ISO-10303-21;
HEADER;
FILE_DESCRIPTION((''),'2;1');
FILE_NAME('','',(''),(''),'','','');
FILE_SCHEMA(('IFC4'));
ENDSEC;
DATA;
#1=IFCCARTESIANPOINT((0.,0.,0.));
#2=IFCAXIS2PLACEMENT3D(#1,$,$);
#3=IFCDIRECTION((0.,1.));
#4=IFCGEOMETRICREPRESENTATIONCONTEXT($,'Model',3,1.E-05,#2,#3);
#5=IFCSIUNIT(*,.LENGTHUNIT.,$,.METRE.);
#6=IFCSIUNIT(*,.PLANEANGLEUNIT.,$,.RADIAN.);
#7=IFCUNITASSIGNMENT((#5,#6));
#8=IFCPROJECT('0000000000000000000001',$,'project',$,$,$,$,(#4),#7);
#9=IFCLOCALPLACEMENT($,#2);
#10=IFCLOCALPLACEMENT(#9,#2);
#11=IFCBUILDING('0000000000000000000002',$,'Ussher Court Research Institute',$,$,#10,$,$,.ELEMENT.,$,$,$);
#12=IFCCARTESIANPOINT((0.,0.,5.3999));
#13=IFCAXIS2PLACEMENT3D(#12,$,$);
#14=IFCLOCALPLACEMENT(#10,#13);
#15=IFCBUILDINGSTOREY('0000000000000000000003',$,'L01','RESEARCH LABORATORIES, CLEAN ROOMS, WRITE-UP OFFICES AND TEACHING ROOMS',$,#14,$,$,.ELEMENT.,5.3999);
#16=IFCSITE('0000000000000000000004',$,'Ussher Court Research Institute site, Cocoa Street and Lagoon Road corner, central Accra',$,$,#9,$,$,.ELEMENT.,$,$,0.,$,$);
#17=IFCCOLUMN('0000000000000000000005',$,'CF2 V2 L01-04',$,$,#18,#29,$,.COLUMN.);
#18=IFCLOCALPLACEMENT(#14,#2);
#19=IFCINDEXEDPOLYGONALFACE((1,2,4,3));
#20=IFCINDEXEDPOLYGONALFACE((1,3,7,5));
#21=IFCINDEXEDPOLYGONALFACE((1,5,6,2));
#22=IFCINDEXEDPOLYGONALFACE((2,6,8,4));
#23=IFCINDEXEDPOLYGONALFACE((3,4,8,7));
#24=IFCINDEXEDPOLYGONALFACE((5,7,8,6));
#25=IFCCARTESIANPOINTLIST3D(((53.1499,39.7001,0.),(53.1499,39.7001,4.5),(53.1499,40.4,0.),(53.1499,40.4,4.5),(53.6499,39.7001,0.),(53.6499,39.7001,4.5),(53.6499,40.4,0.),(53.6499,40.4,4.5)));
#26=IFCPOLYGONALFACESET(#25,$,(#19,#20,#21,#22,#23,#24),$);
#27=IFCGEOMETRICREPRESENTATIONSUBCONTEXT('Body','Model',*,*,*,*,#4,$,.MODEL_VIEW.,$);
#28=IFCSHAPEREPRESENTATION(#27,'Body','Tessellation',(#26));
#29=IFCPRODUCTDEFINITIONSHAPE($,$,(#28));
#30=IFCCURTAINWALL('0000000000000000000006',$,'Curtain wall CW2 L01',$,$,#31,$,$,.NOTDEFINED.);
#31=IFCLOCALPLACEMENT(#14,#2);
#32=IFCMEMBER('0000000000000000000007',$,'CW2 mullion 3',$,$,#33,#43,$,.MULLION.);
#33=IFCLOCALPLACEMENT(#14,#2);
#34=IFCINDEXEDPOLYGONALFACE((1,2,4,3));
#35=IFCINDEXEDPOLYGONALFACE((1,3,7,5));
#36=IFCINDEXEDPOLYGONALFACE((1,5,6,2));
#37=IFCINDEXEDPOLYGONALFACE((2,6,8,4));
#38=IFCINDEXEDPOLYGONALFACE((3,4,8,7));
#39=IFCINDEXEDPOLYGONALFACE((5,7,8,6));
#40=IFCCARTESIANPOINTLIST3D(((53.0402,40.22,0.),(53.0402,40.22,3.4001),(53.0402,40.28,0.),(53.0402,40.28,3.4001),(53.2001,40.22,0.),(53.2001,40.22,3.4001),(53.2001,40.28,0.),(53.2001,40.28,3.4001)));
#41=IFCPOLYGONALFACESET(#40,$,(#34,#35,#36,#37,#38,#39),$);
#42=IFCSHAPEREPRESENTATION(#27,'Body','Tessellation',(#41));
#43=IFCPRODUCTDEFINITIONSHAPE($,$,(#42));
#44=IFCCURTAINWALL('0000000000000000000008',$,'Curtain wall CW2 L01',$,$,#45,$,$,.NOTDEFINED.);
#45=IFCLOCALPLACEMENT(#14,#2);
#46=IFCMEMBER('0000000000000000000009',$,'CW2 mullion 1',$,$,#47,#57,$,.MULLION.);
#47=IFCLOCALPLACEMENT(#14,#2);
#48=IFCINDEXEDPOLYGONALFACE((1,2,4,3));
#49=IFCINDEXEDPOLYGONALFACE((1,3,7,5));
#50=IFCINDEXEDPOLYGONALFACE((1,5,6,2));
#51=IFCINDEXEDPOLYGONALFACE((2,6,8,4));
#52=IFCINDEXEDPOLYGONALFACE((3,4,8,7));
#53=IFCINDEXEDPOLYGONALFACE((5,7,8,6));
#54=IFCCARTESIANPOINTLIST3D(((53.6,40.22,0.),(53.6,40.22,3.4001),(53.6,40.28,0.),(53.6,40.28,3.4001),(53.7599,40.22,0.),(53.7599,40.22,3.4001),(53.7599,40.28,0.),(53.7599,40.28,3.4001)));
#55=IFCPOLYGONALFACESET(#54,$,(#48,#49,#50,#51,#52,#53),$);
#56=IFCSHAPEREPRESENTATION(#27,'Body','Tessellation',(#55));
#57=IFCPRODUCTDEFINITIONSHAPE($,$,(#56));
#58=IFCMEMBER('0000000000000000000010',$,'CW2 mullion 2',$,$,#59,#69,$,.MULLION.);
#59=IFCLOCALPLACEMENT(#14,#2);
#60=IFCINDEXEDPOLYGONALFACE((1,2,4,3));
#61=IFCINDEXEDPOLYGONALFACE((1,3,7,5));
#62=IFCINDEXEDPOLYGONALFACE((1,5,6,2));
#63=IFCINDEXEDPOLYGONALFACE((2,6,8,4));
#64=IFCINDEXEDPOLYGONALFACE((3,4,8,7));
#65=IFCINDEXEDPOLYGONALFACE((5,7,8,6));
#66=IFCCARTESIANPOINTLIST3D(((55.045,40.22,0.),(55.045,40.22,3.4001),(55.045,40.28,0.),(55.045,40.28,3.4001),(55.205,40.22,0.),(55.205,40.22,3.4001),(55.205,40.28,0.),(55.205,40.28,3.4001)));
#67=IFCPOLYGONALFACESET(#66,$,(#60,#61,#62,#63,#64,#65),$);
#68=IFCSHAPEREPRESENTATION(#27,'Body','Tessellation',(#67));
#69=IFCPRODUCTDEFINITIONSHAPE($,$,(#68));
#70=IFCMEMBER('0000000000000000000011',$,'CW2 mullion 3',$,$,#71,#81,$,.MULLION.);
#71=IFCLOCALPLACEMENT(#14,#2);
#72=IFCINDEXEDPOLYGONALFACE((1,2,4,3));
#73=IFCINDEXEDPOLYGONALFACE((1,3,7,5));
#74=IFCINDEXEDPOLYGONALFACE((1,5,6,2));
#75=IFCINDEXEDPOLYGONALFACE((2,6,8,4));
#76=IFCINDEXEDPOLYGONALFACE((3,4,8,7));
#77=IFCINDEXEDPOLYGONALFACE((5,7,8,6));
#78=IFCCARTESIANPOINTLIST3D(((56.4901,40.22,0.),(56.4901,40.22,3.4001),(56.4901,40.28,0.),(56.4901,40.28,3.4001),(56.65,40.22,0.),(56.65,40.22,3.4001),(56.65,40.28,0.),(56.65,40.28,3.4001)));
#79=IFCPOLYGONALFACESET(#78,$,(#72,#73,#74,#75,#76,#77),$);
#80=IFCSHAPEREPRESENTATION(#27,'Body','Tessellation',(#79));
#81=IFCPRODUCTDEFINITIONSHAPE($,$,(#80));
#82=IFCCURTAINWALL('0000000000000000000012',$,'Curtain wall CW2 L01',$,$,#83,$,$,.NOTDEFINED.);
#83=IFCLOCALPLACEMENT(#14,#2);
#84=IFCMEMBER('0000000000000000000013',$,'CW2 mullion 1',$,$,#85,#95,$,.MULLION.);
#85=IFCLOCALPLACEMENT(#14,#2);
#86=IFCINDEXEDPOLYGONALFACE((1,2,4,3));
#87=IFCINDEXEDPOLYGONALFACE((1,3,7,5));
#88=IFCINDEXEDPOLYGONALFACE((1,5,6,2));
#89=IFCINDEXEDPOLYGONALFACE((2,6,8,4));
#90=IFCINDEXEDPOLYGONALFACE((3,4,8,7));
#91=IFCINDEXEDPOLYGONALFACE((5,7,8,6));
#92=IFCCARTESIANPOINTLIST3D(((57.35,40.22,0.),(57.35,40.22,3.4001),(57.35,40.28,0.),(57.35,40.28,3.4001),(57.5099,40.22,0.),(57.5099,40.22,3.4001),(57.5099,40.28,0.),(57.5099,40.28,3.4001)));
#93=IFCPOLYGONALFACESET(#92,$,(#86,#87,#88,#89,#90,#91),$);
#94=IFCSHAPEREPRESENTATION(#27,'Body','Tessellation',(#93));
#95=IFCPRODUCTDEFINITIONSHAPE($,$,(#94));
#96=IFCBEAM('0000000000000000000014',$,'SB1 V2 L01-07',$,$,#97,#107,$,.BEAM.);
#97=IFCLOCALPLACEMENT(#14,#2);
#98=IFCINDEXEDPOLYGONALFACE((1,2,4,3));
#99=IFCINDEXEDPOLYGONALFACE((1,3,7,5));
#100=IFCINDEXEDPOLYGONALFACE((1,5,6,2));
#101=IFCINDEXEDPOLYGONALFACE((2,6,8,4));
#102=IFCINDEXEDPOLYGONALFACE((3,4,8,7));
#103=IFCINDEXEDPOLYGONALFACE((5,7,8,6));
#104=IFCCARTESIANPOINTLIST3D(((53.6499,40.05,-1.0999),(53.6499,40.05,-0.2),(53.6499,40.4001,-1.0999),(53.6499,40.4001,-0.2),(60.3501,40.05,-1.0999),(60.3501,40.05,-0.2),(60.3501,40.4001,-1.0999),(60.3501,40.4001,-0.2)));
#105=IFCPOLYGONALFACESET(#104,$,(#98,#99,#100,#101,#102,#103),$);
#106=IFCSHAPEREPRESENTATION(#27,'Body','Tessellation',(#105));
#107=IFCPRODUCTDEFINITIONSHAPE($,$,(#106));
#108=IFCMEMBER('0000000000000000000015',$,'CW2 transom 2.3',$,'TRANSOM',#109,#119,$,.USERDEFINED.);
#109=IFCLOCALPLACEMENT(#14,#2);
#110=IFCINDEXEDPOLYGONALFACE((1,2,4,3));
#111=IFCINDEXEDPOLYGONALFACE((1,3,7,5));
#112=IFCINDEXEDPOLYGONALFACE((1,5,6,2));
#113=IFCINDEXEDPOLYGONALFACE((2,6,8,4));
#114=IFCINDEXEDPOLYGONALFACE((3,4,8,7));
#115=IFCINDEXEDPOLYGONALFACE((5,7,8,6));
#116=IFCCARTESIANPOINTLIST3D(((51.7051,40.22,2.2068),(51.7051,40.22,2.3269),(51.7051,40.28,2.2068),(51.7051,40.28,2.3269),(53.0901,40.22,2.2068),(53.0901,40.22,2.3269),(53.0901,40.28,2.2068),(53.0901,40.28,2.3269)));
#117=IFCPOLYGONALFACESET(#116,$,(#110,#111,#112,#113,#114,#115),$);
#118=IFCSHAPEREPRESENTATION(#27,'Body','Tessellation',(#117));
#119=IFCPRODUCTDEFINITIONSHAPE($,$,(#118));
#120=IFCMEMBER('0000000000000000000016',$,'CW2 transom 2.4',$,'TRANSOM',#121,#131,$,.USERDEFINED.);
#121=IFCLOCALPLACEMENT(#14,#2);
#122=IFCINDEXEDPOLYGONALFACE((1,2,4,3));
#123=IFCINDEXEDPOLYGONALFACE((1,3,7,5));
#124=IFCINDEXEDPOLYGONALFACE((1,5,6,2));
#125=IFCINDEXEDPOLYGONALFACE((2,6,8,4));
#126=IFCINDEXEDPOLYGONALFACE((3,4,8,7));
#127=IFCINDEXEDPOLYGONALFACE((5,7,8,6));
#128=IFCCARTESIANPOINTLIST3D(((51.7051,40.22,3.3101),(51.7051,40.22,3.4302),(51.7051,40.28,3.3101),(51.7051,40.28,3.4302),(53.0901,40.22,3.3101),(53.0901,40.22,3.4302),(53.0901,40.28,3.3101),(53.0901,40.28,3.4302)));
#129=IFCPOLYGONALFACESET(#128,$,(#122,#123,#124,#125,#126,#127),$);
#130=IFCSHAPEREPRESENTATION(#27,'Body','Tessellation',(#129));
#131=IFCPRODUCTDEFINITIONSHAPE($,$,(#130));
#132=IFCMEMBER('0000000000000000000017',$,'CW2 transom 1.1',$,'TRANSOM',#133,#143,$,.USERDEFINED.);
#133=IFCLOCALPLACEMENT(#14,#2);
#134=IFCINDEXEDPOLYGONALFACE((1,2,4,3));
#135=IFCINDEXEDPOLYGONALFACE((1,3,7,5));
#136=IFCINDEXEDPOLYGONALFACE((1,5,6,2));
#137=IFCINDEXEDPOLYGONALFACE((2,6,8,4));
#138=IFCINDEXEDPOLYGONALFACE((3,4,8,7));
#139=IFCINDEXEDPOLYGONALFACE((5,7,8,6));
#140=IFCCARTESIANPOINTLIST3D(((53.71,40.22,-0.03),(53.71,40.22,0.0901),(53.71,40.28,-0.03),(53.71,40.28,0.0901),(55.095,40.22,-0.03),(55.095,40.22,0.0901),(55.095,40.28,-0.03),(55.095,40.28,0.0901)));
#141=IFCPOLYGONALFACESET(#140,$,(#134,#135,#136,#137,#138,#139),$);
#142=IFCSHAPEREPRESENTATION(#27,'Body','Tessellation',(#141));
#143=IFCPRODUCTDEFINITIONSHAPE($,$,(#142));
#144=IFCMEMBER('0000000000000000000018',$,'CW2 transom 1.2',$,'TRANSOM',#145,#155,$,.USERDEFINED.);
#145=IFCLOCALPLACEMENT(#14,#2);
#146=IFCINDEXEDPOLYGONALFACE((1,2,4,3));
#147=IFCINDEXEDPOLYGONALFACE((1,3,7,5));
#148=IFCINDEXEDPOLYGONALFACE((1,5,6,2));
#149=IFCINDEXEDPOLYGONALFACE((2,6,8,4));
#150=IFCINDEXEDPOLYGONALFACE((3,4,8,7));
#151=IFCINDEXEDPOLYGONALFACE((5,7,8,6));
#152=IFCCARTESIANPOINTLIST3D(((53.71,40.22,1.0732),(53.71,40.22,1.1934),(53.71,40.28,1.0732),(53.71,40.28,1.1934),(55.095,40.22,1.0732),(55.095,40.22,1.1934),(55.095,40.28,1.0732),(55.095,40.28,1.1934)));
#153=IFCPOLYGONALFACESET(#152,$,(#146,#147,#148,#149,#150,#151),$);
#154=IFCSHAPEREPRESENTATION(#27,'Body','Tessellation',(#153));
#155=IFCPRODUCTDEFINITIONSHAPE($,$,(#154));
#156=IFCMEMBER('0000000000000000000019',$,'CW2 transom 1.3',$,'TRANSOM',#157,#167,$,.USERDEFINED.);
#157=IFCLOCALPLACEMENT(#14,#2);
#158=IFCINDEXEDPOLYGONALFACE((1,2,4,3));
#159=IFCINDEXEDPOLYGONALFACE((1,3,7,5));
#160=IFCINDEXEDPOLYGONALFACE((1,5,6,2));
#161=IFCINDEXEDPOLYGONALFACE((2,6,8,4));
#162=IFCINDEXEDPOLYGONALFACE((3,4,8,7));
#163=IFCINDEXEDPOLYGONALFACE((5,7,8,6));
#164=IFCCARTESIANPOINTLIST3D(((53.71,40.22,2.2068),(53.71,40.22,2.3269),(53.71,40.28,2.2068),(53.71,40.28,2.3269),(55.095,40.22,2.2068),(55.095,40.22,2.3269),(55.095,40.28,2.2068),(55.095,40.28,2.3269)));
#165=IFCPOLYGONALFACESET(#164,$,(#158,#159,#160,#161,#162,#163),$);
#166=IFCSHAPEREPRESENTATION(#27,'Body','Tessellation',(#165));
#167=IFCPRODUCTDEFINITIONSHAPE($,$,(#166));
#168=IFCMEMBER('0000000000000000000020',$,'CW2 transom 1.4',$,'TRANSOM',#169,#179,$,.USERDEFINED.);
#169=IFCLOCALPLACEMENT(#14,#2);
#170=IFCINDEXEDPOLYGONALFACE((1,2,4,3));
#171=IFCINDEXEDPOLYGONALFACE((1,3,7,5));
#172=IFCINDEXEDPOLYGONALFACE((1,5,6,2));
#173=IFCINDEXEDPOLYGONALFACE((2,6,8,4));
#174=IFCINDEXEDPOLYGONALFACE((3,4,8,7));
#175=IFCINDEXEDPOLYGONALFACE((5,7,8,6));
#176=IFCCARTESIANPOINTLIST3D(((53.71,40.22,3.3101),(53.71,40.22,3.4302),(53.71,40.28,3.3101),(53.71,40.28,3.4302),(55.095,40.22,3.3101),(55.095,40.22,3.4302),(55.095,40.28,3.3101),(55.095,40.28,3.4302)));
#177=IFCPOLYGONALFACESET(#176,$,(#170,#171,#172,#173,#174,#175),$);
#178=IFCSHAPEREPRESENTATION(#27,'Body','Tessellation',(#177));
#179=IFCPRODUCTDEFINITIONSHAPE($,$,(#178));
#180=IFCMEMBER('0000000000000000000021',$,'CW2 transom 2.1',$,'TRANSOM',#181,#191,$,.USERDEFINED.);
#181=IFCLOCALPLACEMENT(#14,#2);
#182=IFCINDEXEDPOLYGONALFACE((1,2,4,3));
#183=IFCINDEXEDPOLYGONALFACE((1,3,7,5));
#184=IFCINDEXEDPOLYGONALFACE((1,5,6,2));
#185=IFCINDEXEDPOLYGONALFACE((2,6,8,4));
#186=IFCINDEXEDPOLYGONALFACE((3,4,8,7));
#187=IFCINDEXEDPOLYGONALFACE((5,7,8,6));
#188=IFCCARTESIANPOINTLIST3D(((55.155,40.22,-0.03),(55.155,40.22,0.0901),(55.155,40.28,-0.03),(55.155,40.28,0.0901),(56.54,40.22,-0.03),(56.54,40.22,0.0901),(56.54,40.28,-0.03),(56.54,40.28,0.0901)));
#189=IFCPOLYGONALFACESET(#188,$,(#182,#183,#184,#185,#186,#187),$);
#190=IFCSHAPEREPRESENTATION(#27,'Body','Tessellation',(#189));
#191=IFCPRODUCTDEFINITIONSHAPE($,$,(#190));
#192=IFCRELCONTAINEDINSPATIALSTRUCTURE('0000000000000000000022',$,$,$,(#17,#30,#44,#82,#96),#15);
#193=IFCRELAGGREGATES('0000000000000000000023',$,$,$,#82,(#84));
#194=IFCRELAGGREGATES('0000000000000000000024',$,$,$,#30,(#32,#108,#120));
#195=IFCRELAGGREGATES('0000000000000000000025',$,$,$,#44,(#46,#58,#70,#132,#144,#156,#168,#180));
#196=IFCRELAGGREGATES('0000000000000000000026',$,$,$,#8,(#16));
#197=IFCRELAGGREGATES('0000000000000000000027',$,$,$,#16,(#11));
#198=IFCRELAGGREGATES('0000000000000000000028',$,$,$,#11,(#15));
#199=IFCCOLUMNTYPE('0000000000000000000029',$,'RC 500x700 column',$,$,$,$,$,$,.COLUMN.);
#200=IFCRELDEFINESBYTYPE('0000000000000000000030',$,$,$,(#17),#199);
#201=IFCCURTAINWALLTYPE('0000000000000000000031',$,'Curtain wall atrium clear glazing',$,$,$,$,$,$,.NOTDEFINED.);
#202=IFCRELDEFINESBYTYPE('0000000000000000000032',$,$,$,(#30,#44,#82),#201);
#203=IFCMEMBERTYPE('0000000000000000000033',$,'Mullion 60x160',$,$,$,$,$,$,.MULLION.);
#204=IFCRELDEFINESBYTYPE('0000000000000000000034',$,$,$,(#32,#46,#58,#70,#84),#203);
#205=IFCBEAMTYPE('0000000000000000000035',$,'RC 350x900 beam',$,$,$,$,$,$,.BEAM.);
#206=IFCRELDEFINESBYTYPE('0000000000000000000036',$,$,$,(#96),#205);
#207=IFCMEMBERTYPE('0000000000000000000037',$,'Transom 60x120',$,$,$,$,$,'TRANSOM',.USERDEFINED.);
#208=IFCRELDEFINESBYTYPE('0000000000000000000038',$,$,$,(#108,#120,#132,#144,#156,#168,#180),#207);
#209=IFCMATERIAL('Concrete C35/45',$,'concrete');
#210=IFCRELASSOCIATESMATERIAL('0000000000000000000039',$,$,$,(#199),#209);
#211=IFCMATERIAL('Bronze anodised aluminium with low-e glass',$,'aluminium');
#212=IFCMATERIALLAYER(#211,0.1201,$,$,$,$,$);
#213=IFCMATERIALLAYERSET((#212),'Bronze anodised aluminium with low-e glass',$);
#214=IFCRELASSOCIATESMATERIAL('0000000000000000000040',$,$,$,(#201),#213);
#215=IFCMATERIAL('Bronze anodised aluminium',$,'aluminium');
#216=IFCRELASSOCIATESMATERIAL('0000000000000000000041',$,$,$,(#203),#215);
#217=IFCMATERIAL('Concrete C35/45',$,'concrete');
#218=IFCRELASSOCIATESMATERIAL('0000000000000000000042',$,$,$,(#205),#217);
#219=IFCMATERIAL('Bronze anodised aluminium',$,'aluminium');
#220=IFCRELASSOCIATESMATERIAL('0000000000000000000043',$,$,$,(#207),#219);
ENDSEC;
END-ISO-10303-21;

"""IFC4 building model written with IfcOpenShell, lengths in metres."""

from ifc_helpers import new_model, si_unit, direction, frame, origin, origin_2d, place, context, subcontext, project, spatial, rectangle, extrude, material, layer, layer_set, material_profile, profile_set, type_object, element, aggregate, save


model = new_model("IFC4")

# Units and contexts
model_context = context("Model", 3, precision=1e-05, world=origin(), true_north=direction((0.0, 1.0)))
body_context = subcontext(model_context, "Body", "Model", "MODEL_VIEW")
ifc_project = project(units=[si_unit("LENGTHUNIT", "METRE"), si_unit("PLANEANGLEUNIT", "RADIAN")], contexts=[model_context])

# Site, building, storey
site_placement = place(None, origin())
site = spatial("IfcSite", under=ifc_project, at=site_placement, Name="Ussher Court Research Institute site, Cocoa Street and Lagoon Road corner, central Accra", CompositionType="ELEMENT", RefElevation=0.0)
building_placement = place(site_placement, origin())
building = spatial("IfcBuilding", under=site, at=building_placement, Name="Ussher Court Research Institute", CompositionType="ELEMENT")
storey_placement = place(building_placement, frame((0.0, 0.0, 5.3999)))
storey = spatial("IfcBuildingStorey", under=building, at=storey_placement, Name="L01", Description="RESEARCH LABORATORIES, CLEAN ROOMS, WRITE-UP OFFICES AND TEACHING ROOMS", CompositionType="ELEMENT", Elevation=5.3999)

# Column
ifc_material_1 = material(Name="Concrete C35/45", Category="concrete")
ifc_material_profile_1 = material_profile(ifc_material_1, rectangle(XDim=0.5, YDim=0.7, at=origin_2d()), Name="RC 500x700")
ifc_profile_set_1 = profile_set([ifc_material_profile_1], Name="Concrete C35/45")
column_type = type_object("IfcColumnType", Name="RC 500x700 column", PredefinedType="COLUMN", material=ifc_profile_set_1)
column_placement = place(storey_placement, frame((53.3999, 40.05, 0.0), z_axis=(0.0, 0.0, 1.0), x_axis=(1.0, 0.0, 0.0)))
element("IfcColumn", 1, at=column_placement, inside=storey, type_object=column_type, Name="CF2 V2 L01-04", PredefinedType="COLUMN", context=body_context, shape_type="SweptSolid", body=[
    extrude(rectangle(XDim=0.5, YDim=0.7, at=origin_2d()), origin(), (0.0, 0.0, 1.0), 4.5),
])

# Curtain wall, member
ifc_material_2 = material(Name="Bronze anodised aluminium with low-e glass", Category="aluminium")
ifc_layer_1 = layer(ifc_material_2, 0.1201)
ifc_layer_set_1 = layer_set([ifc_layer_1], Name="Bronze anodised aluminium with low-e glass")
curtain_wall_type = type_object("IfcCurtainWallType", Name="Curtain wall atrium clear glazing", PredefinedType="NOTDEFINED", material=ifc_layer_set_1)
curtain_wall_1_placement = place(storey_placement, origin())
curtain_wall_1 = element("IfcCurtainWall", 2, at=curtain_wall_1_placement, inside=storey, type_object=curtain_wall_type, Name="Curtain wall CW2 L01", PredefinedType="NOTDEFINED")
ifc_material_3 = material(Name="Bronze anodised aluminium", Category="aluminium")
ifc_material_profile_2 = material_profile(ifc_material_3, rectangle(XDim=0.0601, YDim=0.1599, at=origin_2d()), Name="Mullion 60x160")
ifc_profile_set_2 = profile_set([ifc_material_profile_2], Name="Bronze anodised aluminium")
member_type_1 = type_object("IfcMemberType", Name="Mullion 60x160", PredefinedType="MULLION", material=ifc_profile_set_2)
member_1_placement = place(storey_placement, frame((53.1201, 40.25, 0.0), z_axis=(0.0, 0.0, 1.0), x_axis=(0.0, 1.0, 0.0)))
member_1 = element("IfcMember", 3, at=member_1_placement, type_object=member_type_1, Name="CW2 mullion 3", PredefinedType="MULLION", context=body_context, shape_type="SweptSolid", body=[
    extrude(rectangle(XDim=0.0601, YDim=0.1599, at=origin_2d()), origin(), (0.0, 0.0, 1.0), 3.4001),
])

# Curtain wall, members
curtain_wall_2_placement = place(storey_placement, origin())
curtain_wall_2 = element("IfcCurtainWall", 4, at=curtain_wall_2_placement, inside=storey, type_object=curtain_wall_type, Name="Curtain wall CW2 L01", PredefinedType="NOTDEFINED")
member_2_placement = place(storey_placement, frame((53.6799, 40.25, 0.0), z_axis=(0.0, 0.0, 1.0), x_axis=(0.0, 1.0, 0.0)))
member_2 = element("IfcMember", 5, at=member_2_placement, type_object=member_type_1, Name="CW2 mullion 1", PredefinedType="MULLION", context=body_context, shape_type="SweptSolid", body=[
    extrude(rectangle(XDim=0.0601, YDim=0.1599, at=origin_2d()), origin(), (0.0, 0.0, 1.0), 3.4001),
])
member_3_placement = place(storey_placement, frame((55.125, 40.25, 0.0), z_axis=(0.0, 0.0, 1.0), x_axis=(0.0, 1.0, 0.0)))
member_3 = element("IfcMember", 6, at=member_3_placement, type_object=member_type_1, Name="CW2 mullion 2", PredefinedType="MULLION", context=body_context, shape_type="SweptSolid", body=[
    extrude(rectangle(XDim=0.0601, YDim=0.1599, at=origin_2d()), origin(), (0.0, 0.0, 1.0), 3.4001),
])
member_4_placement = place(storey_placement, frame((56.5701, 40.25, 0.0), z_axis=(0.0, 0.0, 1.0), x_axis=(0.0, 1.0, 0.0)))
member_4 = element("IfcMember", 7, at=member_4_placement, type_object=member_type_1, Name="CW2 mullion 3", PredefinedType="MULLION", context=body_context, shape_type="SweptSolid", body=[
    extrude(rectangle(XDim=0.0601, YDim=0.1599, at=origin_2d()), origin(), (0.0, 0.0, 1.0), 3.4001),
])

# Curtain wall, member
curtain_wall_3_placement = place(storey_placement, origin())
curtain_wall_3 = element("IfcCurtainWall", 8, at=curtain_wall_3_placement, inside=storey, type_object=curtain_wall_type, Name="Curtain wall CW2 L01", PredefinedType="NOTDEFINED")
member_5_placement = place(storey_placement, frame((57.4299, 40.25, 0.0), z_axis=(0.0, 0.0, 1.0), x_axis=(0.0, 1.0, 0.0)))
member_5 = element("IfcMember", 9, at=member_5_placement, type_object=member_type_1, Name="CW2 mullion 1", PredefinedType="MULLION", context=body_context, shape_type="SweptSolid", body=[
    extrude(rectangle(XDim=0.0601, YDim=0.1599, at=origin_2d()), origin(), (0.0, 0.0, 1.0), 3.4001),
])
aggregate(curtain_wall_3, [member_5])

# Beam
ifc_material_4 = material(Name="Concrete C35/45", Category="concrete")
ifc_material_profile_3 = material_profile(ifc_material_4, rectangle(XDim=0.3501, YDim=0.8999, at=origin_2d()), Name="RC 350x900")
ifc_profile_set_3 = profile_set([ifc_material_profile_3], Name="Concrete C35/45")
beam_type = type_object("IfcBeamType", Name="RC 350x900 beam", PredefinedType="BEAM", material=ifc_profile_set_3)
beam_placement = place(storey_placement, frame((53.6499, 40.2251, -0.6499), z_axis=(1.0, 0.0, 0.0), x_axis=(0.0, 1.0, 0.0)))
element("IfcBeam", 10, at=beam_placement, inside=storey, type_object=beam_type, Name="SB1 V2 L01-07", PredefinedType="BEAM", context=body_context, shape_type="SweptSolid", body=[
    extrude(rectangle(XDim=0.3501, YDim=0.8999, at=origin_2d()), origin(), (0.0, 0.0, 1.0), 6.7002),
])

# Members
ifc_material_5 = material(Name="Bronze anodised aluminium", Category="aluminium")
ifc_material_profile_4 = material_profile(ifc_material_5, rectangle(XDim=0.0601, YDim=0.1201, at=origin_2d()), Name="Transom 60x120")
ifc_profile_set_4 = profile_set([ifc_material_profile_4], Name="Bronze anodised aluminium")
member_type_2 = type_object("IfcMemberType", Name="Transom 60x120", ElementType="TRANSOM", PredefinedType="USERDEFINED", material=ifc_profile_set_4)
member_6_placement = place(storey_placement, frame((51.7051, 40.25, 2.2668), z_axis=(1.0, 0.0, 0.0), x_axis=(0.0, 1.0, 0.0)))
member_6 = element("IfcMember", 11, at=member_6_placement, type_object=member_type_2, Name="CW2 transom 2.3", ObjectType="TRANSOM", PredefinedType="USERDEFINED", context=body_context, shape_type="SweptSolid", body=[
    extrude(rectangle(XDim=0.0601, YDim=0.1201, at=origin_2d()), origin(), (0.0, 0.0, 1.0), 1.385),
])
member_7_placement = place(storey_placement, frame((51.7051, 40.25, 3.3701), z_axis=(1.0, 0.0, 0.0), x_axis=(0.0, 1.0, 0.0)))
member_7 = element("IfcMember", 12, at=member_7_placement, type_object=member_type_2, Name="CW2 transom 2.4", ObjectType="TRANSOM", PredefinedType="USERDEFINED", context=body_context, shape_type="SweptSolid", body=[
    extrude(rectangle(XDim=0.0601, YDim=0.1201, at=origin_2d()), origin(), (0.0, 0.0, 1.0), 1.385),
])
member_8_placement = place(storey_placement, frame((53.71, 40.25, 0.03), z_axis=(1.0, 0.0, 0.0), x_axis=(0.0, 1.0, 0.0)))
member_8 = element("IfcMember", 13, at=member_8_placement, type_object=member_type_2, Name="CW2 transom 1.1", ObjectType="TRANSOM", PredefinedType="USERDEFINED", context=body_context, shape_type="SweptSolid", body=[
    extrude(rectangle(XDim=0.0601, YDim=0.1201, at=origin_2d()), origin(), (0.0, 0.0, 1.0), 1.385),
])
member_9_placement = place(storey_placement, frame((53.71, 40.25, 1.1333), z_axis=(1.0, 0.0, 0.0), x_axis=(0.0, 1.0, 0.0)))
member_9 = element("IfcMember", 14, at=member_9_placement, type_object=member_type_2, Name="CW2 transom 1.2", ObjectType="TRANSOM", PredefinedType="USERDEFINED", context=body_context, shape_type="SweptSolid", body=[
    extrude(rectangle(XDim=0.0601, YDim=0.1201, at=origin_2d()), origin(), (0.0, 0.0, 1.0), 1.385),
])
member_10_placement = place(storey_placement, frame((53.71, 40.25, 2.2668), z_axis=(1.0, 0.0, 0.0), x_axis=(0.0, 1.0, 0.0)))
member_10 = element("IfcMember", 15, at=member_10_placement, type_object=member_type_2, Name="CW2 transom 1.3", ObjectType="TRANSOM", PredefinedType="USERDEFINED", context=body_context, shape_type="SweptSolid", body=[
    extrude(rectangle(XDim=0.0601, YDim=0.1201, at=origin_2d()), origin(), (0.0, 0.0, 1.0), 1.385),
])
member_11_placement = place(storey_placement, frame((53.71, 40.25, 3.3701), z_axis=(1.0, 0.0, 0.0), x_axis=(0.0, 1.0, 0.0)))
member_11 = element("IfcMember", 16, at=member_11_placement, type_object=member_type_2, Name="CW2 transom 1.4", ObjectType="TRANSOM", PredefinedType="USERDEFINED", context=body_context, shape_type="SweptSolid", body=[
    extrude(rectangle(XDim=0.0601, YDim=0.1201, at=origin_2d()), origin(), (0.0, 0.0, 1.0), 1.385),
])
member_12_placement = place(storey_placement, frame((55.155, 40.25, 0.03), z_axis=(1.0, 0.0, 0.0), x_axis=(0.0, 1.0, 0.0)))
member_12 = element("IfcMember", 17, at=member_12_placement, type_object=member_type_2, Name="CW2 transom 2.1", ObjectType="TRANSOM", PredefinedType="USERDEFINED", context=body_context, shape_type="SweptSolid", body=[
    extrude(rectangle(XDim=0.0601, YDim=0.1201, at=origin_2d()), origin(), (0.0, 0.0, 1.0), 1.385),
])

aggregate(curtain_wall_1, [member_1, member_6, member_7])
aggregate(curtain_wall_2, [member_2, member_3, member_4, member_8, member_9, member_10, member_11, member_12])

save(model, "model.ifc")
